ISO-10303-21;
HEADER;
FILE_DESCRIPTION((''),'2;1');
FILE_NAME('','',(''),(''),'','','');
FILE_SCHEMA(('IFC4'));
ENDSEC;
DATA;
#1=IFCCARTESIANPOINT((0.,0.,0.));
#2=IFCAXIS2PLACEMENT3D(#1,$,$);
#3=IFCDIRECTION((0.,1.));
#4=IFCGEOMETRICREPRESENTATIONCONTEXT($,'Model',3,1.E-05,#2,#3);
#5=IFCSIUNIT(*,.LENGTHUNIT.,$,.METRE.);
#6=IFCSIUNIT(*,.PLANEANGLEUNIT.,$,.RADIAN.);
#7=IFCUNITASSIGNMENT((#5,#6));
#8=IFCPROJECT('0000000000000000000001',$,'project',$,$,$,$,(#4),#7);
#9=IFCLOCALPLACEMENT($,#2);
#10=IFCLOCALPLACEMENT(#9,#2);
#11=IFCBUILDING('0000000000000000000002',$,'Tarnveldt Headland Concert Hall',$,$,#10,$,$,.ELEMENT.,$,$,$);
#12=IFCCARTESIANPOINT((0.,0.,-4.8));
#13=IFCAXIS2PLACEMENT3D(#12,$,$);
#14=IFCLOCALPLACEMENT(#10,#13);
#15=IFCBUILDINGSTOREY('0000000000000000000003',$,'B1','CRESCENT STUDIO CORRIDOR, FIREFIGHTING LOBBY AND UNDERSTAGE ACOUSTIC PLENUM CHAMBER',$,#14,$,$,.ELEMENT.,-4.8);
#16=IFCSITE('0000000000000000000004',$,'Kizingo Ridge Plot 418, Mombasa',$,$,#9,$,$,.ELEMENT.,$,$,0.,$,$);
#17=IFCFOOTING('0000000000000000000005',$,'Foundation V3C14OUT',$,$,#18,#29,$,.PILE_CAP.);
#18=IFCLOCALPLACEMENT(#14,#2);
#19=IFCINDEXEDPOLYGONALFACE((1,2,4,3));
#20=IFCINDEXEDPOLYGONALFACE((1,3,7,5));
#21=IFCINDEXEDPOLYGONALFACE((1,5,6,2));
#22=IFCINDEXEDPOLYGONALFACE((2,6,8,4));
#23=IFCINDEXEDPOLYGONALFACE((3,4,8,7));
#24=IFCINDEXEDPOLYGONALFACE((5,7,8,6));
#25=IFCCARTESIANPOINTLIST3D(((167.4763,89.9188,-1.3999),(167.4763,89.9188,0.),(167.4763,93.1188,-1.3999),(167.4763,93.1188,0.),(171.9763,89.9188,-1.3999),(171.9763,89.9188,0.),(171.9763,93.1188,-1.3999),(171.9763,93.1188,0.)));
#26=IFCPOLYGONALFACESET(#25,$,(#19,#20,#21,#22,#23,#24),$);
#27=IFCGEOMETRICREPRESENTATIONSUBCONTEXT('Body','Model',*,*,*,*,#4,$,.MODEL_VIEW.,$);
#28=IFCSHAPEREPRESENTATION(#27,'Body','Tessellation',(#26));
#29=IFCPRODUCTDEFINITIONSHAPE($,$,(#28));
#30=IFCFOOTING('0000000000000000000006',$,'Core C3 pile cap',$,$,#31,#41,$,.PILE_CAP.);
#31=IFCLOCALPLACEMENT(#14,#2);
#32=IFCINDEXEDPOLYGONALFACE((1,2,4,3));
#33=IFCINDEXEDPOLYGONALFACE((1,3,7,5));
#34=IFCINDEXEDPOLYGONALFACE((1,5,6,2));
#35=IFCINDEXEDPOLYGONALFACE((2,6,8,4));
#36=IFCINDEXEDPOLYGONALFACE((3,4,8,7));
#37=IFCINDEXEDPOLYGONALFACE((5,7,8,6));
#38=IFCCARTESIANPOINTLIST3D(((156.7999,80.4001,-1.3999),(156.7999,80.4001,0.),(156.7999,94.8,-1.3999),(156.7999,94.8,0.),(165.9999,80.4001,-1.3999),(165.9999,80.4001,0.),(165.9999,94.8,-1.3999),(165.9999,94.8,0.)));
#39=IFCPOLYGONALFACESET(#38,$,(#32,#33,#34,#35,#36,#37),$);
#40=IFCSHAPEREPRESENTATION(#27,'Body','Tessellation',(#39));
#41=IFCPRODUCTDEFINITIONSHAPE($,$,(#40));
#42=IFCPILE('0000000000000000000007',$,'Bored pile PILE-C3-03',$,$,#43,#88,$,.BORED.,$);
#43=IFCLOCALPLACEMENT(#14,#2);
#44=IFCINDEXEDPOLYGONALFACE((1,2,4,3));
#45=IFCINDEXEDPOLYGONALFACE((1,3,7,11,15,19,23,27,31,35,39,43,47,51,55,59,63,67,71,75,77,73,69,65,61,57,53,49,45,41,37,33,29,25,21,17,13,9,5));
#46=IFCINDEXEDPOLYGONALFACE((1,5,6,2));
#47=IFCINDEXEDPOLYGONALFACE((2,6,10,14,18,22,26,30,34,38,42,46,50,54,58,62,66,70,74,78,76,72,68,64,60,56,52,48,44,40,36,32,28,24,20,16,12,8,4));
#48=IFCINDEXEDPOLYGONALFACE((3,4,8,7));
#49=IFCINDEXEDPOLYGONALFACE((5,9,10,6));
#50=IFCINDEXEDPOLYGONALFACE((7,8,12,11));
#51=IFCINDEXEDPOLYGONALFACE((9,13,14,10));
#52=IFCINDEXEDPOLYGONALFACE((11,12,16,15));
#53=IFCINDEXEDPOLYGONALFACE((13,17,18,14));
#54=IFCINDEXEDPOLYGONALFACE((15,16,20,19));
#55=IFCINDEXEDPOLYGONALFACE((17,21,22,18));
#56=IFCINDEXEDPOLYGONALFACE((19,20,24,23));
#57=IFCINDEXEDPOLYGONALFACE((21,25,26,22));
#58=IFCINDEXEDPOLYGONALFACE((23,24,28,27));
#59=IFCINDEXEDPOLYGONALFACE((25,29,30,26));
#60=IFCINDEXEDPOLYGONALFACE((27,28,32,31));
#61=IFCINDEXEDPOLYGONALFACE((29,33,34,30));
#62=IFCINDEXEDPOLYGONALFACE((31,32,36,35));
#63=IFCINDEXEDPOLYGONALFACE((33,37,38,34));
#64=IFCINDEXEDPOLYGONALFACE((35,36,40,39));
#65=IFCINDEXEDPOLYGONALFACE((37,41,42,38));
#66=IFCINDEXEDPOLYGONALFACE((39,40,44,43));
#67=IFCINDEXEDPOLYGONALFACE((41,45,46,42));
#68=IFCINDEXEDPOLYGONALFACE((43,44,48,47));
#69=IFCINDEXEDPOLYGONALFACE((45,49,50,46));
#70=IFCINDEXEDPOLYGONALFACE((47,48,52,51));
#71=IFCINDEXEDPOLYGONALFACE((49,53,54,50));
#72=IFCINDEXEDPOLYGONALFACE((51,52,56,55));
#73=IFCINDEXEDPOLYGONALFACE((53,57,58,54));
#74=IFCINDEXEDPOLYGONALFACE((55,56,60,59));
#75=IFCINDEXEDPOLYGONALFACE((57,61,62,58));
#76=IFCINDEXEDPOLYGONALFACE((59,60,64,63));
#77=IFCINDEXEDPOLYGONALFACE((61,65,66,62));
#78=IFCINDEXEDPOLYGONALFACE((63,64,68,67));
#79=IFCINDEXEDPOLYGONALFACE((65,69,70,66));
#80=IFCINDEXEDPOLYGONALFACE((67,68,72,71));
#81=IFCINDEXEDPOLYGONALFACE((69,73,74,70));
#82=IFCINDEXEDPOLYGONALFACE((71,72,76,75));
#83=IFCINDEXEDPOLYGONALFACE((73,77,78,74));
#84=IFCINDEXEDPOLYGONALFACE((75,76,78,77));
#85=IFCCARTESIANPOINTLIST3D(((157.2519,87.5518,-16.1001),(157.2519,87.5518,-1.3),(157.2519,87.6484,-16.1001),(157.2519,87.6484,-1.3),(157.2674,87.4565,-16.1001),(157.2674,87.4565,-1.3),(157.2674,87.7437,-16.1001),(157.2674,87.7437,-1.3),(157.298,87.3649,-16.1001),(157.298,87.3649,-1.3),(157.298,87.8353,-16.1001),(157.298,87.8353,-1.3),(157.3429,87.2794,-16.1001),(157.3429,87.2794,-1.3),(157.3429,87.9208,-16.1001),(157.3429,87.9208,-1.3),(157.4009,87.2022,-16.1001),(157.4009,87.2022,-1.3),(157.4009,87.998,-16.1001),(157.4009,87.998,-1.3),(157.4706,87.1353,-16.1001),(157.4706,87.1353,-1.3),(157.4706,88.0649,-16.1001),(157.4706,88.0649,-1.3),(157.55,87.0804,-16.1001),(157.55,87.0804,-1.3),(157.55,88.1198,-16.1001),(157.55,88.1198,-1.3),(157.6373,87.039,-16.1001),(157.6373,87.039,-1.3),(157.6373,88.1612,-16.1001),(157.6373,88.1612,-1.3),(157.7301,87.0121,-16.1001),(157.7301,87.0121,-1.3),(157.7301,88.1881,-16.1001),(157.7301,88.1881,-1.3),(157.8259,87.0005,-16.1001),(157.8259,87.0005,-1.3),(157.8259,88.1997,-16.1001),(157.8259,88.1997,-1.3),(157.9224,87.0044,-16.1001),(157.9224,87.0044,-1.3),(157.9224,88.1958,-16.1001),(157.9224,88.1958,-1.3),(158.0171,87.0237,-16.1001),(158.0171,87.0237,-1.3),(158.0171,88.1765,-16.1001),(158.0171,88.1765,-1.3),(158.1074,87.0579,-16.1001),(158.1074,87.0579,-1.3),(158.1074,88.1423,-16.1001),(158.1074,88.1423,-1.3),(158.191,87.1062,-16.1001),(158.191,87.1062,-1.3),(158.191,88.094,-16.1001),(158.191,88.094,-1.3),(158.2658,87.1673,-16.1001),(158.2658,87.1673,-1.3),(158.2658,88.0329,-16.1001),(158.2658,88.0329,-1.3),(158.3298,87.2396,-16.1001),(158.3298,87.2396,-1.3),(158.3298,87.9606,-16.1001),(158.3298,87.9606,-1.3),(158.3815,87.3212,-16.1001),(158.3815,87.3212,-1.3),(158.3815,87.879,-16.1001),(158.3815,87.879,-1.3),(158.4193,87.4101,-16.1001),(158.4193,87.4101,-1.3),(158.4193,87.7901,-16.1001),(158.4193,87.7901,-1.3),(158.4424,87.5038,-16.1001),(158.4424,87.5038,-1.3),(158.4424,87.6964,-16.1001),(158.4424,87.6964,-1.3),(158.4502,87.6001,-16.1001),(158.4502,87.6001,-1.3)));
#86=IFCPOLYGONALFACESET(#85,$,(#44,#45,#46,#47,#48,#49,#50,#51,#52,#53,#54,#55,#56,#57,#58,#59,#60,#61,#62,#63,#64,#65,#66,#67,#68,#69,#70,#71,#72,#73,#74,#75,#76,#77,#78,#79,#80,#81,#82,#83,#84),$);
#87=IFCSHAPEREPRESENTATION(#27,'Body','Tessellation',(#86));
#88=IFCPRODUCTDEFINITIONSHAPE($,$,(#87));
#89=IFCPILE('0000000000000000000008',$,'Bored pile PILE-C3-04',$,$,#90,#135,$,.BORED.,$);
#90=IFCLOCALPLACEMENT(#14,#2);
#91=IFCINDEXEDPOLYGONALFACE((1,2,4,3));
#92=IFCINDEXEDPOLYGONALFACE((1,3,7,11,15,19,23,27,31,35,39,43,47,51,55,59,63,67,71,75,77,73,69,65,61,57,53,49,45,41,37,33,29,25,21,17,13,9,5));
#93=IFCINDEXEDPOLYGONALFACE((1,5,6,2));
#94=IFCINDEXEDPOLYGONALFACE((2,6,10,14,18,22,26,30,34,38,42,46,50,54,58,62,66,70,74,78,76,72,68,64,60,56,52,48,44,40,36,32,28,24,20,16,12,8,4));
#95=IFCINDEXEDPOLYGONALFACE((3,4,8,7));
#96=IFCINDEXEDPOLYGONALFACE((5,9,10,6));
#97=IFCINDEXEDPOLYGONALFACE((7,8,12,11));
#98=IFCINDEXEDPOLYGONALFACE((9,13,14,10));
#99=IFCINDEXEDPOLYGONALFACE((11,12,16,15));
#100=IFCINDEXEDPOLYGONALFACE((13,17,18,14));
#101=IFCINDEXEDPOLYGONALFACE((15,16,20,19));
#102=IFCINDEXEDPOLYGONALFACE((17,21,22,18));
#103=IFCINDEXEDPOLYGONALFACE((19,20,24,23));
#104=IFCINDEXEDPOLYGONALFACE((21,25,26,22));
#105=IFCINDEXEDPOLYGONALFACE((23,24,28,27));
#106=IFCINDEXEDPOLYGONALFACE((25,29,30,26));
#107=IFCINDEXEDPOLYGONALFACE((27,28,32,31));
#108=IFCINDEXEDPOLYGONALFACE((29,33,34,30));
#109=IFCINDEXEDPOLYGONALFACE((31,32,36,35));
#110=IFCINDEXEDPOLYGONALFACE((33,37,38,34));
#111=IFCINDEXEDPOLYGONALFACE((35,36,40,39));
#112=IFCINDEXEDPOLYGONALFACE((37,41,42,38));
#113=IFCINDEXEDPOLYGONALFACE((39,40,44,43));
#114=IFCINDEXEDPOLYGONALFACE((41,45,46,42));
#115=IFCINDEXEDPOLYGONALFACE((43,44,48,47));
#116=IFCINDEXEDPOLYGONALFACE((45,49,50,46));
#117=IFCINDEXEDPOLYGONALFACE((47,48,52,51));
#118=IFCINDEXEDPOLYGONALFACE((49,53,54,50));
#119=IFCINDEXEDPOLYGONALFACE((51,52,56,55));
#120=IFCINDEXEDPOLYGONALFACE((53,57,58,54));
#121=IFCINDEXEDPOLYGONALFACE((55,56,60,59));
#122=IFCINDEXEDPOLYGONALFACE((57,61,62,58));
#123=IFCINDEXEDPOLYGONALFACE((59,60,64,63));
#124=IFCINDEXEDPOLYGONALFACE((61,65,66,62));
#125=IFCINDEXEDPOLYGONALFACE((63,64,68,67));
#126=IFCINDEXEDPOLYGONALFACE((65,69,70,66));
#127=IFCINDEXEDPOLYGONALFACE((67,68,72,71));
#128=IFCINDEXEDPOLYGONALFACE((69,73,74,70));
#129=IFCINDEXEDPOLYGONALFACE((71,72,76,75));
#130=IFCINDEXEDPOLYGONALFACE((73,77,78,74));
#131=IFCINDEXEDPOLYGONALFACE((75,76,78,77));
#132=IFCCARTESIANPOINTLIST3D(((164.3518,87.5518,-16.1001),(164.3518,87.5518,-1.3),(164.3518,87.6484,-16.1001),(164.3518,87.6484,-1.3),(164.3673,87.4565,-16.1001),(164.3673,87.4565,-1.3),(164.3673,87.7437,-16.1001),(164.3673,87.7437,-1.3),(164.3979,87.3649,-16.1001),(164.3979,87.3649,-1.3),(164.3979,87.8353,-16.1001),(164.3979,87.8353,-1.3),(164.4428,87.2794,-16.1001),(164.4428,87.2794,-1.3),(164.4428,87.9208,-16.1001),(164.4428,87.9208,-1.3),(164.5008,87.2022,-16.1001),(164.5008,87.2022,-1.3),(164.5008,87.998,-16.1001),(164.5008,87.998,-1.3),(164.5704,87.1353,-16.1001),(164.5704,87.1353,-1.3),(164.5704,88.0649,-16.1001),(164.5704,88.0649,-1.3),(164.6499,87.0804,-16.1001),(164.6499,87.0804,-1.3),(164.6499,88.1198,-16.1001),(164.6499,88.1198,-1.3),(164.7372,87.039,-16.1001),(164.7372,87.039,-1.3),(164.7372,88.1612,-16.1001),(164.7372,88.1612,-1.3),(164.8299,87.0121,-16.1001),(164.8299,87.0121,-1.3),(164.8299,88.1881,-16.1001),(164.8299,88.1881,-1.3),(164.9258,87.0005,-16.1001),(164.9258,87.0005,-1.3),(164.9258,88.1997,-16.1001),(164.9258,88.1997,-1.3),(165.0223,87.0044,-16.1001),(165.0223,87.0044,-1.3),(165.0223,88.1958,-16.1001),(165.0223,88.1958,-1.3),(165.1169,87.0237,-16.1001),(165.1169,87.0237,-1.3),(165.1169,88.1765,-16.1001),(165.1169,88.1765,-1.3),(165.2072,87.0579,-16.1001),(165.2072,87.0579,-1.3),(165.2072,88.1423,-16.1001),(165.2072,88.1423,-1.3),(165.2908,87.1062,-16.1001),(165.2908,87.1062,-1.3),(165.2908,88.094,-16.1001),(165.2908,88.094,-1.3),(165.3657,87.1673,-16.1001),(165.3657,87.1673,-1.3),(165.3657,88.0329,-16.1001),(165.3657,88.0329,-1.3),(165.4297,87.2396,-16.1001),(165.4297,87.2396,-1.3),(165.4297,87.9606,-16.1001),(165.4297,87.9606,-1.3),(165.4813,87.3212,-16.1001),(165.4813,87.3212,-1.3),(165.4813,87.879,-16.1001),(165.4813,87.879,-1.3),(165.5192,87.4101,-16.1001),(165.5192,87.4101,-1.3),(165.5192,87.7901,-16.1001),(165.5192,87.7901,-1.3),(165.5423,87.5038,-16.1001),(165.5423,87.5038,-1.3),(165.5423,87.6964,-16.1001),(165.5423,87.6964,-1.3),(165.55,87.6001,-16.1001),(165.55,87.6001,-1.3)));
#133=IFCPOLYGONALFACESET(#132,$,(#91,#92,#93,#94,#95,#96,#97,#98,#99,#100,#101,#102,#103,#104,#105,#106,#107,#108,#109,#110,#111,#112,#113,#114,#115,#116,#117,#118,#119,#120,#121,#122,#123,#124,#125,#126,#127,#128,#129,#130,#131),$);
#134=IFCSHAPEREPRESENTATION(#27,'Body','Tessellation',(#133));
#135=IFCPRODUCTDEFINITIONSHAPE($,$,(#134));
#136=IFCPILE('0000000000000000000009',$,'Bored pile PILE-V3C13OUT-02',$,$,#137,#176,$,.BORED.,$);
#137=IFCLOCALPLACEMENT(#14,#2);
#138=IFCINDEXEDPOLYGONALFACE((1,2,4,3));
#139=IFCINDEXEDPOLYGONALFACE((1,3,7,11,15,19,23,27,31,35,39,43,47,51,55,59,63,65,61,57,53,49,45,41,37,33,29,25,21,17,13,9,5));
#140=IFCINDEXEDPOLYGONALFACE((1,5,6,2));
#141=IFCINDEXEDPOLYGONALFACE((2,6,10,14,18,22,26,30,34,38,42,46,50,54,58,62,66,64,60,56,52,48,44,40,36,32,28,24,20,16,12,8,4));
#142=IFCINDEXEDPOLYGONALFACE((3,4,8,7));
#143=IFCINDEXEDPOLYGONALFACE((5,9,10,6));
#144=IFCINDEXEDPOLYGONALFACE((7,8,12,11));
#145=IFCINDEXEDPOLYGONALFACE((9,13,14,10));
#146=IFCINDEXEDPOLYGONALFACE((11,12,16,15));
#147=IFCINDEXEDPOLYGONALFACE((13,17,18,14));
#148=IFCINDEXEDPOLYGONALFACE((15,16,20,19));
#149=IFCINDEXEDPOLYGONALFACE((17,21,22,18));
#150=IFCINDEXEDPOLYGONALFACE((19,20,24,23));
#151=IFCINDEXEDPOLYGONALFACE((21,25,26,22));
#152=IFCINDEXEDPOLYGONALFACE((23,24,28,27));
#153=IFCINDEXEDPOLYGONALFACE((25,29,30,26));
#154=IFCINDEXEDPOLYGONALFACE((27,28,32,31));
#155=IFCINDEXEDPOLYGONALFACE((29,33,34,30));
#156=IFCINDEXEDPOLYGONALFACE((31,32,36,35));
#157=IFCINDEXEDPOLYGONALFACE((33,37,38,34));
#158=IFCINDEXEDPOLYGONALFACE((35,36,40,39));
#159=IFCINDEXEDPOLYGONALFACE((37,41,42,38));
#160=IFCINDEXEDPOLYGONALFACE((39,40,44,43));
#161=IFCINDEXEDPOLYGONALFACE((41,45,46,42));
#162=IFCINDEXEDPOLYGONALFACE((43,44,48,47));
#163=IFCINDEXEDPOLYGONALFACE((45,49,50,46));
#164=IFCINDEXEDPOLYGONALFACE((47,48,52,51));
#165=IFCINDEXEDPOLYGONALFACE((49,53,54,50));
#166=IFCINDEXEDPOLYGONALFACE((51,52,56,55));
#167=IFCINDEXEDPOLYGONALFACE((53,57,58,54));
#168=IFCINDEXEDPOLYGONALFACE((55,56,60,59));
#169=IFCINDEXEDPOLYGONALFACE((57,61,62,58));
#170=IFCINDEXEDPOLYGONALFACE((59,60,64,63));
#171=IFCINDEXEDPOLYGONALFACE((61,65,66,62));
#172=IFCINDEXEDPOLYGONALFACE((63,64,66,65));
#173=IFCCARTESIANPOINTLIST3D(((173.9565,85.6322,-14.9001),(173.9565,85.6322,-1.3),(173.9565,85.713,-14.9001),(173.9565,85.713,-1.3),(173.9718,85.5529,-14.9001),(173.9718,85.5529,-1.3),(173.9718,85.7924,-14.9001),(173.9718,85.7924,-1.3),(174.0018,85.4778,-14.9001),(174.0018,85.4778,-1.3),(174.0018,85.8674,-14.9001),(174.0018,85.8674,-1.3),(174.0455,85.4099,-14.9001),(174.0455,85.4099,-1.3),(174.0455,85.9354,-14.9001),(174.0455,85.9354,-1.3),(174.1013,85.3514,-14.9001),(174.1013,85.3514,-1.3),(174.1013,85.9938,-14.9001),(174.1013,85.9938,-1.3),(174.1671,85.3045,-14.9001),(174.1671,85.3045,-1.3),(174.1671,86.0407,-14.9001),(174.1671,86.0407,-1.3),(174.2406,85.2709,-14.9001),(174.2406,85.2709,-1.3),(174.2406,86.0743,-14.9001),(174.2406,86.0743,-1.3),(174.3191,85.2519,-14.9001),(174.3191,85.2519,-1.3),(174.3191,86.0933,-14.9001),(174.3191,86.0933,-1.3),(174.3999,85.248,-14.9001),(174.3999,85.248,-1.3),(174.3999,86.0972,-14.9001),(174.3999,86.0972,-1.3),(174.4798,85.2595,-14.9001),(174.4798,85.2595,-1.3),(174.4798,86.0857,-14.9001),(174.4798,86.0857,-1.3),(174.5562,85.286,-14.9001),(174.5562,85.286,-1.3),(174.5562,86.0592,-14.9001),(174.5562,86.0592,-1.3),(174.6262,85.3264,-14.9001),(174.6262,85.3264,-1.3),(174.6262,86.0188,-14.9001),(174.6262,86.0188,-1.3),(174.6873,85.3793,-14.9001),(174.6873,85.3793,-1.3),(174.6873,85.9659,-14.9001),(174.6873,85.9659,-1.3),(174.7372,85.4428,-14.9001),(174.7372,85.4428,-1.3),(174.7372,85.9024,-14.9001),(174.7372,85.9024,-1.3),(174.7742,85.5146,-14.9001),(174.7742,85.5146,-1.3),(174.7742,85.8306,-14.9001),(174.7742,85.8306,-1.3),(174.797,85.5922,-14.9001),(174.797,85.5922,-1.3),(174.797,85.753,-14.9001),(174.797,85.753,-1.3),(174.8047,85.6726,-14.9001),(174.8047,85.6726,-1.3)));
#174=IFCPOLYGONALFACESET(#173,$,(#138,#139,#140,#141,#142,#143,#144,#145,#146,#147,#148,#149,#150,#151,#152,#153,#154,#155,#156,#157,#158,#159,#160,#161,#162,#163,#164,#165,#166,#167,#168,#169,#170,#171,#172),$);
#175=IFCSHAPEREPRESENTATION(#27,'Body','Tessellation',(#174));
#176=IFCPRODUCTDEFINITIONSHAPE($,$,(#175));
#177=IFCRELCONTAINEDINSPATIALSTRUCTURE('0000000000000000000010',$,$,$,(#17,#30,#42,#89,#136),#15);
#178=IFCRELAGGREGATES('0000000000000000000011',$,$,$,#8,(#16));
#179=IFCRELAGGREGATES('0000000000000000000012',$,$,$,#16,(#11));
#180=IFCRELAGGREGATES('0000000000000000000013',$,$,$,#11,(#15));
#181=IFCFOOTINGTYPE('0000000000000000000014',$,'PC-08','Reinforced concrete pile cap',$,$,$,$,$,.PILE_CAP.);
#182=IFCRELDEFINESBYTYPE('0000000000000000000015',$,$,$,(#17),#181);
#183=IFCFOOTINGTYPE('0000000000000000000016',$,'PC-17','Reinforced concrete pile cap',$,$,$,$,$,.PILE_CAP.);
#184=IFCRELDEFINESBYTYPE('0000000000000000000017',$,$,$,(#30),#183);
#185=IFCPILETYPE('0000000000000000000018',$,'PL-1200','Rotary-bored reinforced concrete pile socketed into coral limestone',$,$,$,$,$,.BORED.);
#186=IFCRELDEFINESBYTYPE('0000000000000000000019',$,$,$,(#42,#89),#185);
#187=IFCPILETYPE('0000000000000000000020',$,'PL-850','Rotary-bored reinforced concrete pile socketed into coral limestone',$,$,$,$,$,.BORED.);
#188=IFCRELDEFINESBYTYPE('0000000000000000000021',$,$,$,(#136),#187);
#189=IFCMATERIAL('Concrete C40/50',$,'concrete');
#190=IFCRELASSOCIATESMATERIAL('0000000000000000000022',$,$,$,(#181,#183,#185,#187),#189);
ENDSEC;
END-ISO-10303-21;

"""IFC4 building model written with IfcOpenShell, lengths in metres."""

from ifc_helpers import new_model, si_unit, direction, frame, origin, origin_2d, place, context, subcontext, project, spatial, rectangle, circle, extrude, material, material_profile, profile_set, type_object, element, save


model = new_model("IFC4")

# Units and contexts
model_context = context("Model", 3, precision=1e-05, world=origin(), true_north=direction((0.0, 1.0)))
body_context = subcontext(model_context, "Body", "Model", "MODEL_VIEW")
ifc_project = project(units=[si_unit("LENGTHUNIT", "METRE"), si_unit("PLANEANGLEUNIT", "RADIAN")], contexts=[model_context])

# Site, building, storey
site_placement = place(None, origin())
site = spatial("IfcSite", under=ifc_project, at=site_placement, Name="Kizingo Ridge Plot 418, Mombasa", CompositionType="ELEMENT", RefElevation=0.0)
building_placement = place(site_placement, origin())
building = spatial("IfcBuilding", under=site, at=building_placement, Name="Tarnveldt Headland Concert Hall", CompositionType="ELEMENT")
storey_placement = place(building_placement, frame((0.0, 0.0, -4.8)))
storey = spatial("IfcBuildingStorey", under=building, at=storey_placement, Name="B1", Description="CRESCENT STUDIO CORRIDOR, FIREFIGHTING LOBBY AND UNDERSTAGE ACOUSTIC PLENUM CHAMBER", CompositionType="ELEMENT", Elevation=-4.8)

# Footings
ifc_material_1 = material(Name="Concrete C40/50", Category="concrete")
footing_type_1 = type_object("IfcFootingType", Name="PC-08", Description="Reinforced concrete pile cap", PredefinedType="PILE_CAP", material=ifc_material_1)
footing_1_placement = place(storey_placement, frame((169.7263, 91.5188, -1.3999), z_axis=(0.0, 0.0, 1.0), x_axis=(1.0, 0.0, 0.0)))
element("IfcFooting", 1, at=footing_1_placement, inside=storey, type_object=footing_type_1, Name="Foundation V3C14OUT", PredefinedType="PILE_CAP", context=body_context, shape_type="SweptSolid", body=[
    extrude(rectangle(XDim=4.5, YDim=3.2, at=origin_2d()), origin(), (0.0, 0.0, 1.0), 1.3999),
])
footing_type_2 = type_object("IfcFootingType", Name="PC-17", Description="Reinforced concrete pile cap", PredefinedType="PILE_CAP", material=ifc_material_1)
footing_2_placement = place(storey_placement, frame((161.3999, 87.6001, -1.3999), z_axis=(0.0, 0.0, 1.0), x_axis=(1.0, 0.0, 0.0)))
element("IfcFooting", 2, at=footing_2_placement, inside=storey, type_object=footing_type_2, Name="Core C3 pile cap", PredefinedType="PILE_CAP", context=body_context, shape_type="SweptSolid", body=[
    extrude(rectangle(XDim=9.2, YDim=14.3999, at=origin_2d()), origin(), (0.0, 0.0, 1.0), 1.3999),
])

# Piles
ifc_material_profile_1 = material_profile(ifc_material_1, circle(Radius=0.6001, at=origin_2d()), Name="BORED PILE D1200", Category="concrete")
ifc_profile_set_1 = profile_set([ifc_material_profile_1], Name="Concrete C40/50")
pile_type_1 = type_object("IfcPileType", Name="PL-1200", Description="Rotary-bored reinforced concrete pile socketed into coral limestone", PredefinedType="BORED", material=ifc_profile_set_1)
for number, where, z_axis, x_axis, name in (
    (3, (157.8501, 87.6001, -1.3), (0.0, 0.0, -1.0), (1.0, 0.0, 0.0), "Bored pile PILE-C3-03"),
    (4, (164.95, 87.6001, -1.3), (0.0, 0.0, -1.0), (1.0, 0.0, 0.0), "Bored pile PILE-C3-04"),
):
    element("IfcPile", number, at=place(storey_placement, frame(where, z_axis=z_axis, x_axis=x_axis)), inside=storey, type_object=pile_type_1, Name=name, PredefinedType="BORED", context=body_context, shape_type="SweptSolid", body=[
        extrude(circle(Radius=0.6001, at=origin_2d()), origin(), (0.0, 0.0, 1.0), 14.8),
    ])
ifc_material_profile_2 = material_profile(ifc_material_1, circle(Radius=0.425, at=origin_2d()), Name="BORED PILE D850", Category="concrete")
ifc_profile_set_2 = profile_set([ifc_material_profile_2], Name="Concrete C40/50")
pile_type_2 = type_object("IfcPileType", Name="PL-850", Description="Rotary-bored reinforced concrete pile socketed into coral limestone", PredefinedType="BORED", material=ifc_profile_set_2)
pile_placement = place(storey_placement, frame((174.3796, 85.6726, -1.3), z_axis=(0.0, 0.0, -1.0), x_axis=(1.0, 0.0, 0.0)))
element("IfcPile", 5, at=pile_placement, inside=storey, type_object=pile_type_2, Name="Bored pile PILE-V3C13OUT-02", PredefinedType="BORED", context=body_context, shape_type="SweptSolid", body=[
    extrude(circle(Radius=0.425, at=origin_2d()), origin(), (0.0, 0.0, 1.0), 13.6001),
])

save(model, "model.ifc")
